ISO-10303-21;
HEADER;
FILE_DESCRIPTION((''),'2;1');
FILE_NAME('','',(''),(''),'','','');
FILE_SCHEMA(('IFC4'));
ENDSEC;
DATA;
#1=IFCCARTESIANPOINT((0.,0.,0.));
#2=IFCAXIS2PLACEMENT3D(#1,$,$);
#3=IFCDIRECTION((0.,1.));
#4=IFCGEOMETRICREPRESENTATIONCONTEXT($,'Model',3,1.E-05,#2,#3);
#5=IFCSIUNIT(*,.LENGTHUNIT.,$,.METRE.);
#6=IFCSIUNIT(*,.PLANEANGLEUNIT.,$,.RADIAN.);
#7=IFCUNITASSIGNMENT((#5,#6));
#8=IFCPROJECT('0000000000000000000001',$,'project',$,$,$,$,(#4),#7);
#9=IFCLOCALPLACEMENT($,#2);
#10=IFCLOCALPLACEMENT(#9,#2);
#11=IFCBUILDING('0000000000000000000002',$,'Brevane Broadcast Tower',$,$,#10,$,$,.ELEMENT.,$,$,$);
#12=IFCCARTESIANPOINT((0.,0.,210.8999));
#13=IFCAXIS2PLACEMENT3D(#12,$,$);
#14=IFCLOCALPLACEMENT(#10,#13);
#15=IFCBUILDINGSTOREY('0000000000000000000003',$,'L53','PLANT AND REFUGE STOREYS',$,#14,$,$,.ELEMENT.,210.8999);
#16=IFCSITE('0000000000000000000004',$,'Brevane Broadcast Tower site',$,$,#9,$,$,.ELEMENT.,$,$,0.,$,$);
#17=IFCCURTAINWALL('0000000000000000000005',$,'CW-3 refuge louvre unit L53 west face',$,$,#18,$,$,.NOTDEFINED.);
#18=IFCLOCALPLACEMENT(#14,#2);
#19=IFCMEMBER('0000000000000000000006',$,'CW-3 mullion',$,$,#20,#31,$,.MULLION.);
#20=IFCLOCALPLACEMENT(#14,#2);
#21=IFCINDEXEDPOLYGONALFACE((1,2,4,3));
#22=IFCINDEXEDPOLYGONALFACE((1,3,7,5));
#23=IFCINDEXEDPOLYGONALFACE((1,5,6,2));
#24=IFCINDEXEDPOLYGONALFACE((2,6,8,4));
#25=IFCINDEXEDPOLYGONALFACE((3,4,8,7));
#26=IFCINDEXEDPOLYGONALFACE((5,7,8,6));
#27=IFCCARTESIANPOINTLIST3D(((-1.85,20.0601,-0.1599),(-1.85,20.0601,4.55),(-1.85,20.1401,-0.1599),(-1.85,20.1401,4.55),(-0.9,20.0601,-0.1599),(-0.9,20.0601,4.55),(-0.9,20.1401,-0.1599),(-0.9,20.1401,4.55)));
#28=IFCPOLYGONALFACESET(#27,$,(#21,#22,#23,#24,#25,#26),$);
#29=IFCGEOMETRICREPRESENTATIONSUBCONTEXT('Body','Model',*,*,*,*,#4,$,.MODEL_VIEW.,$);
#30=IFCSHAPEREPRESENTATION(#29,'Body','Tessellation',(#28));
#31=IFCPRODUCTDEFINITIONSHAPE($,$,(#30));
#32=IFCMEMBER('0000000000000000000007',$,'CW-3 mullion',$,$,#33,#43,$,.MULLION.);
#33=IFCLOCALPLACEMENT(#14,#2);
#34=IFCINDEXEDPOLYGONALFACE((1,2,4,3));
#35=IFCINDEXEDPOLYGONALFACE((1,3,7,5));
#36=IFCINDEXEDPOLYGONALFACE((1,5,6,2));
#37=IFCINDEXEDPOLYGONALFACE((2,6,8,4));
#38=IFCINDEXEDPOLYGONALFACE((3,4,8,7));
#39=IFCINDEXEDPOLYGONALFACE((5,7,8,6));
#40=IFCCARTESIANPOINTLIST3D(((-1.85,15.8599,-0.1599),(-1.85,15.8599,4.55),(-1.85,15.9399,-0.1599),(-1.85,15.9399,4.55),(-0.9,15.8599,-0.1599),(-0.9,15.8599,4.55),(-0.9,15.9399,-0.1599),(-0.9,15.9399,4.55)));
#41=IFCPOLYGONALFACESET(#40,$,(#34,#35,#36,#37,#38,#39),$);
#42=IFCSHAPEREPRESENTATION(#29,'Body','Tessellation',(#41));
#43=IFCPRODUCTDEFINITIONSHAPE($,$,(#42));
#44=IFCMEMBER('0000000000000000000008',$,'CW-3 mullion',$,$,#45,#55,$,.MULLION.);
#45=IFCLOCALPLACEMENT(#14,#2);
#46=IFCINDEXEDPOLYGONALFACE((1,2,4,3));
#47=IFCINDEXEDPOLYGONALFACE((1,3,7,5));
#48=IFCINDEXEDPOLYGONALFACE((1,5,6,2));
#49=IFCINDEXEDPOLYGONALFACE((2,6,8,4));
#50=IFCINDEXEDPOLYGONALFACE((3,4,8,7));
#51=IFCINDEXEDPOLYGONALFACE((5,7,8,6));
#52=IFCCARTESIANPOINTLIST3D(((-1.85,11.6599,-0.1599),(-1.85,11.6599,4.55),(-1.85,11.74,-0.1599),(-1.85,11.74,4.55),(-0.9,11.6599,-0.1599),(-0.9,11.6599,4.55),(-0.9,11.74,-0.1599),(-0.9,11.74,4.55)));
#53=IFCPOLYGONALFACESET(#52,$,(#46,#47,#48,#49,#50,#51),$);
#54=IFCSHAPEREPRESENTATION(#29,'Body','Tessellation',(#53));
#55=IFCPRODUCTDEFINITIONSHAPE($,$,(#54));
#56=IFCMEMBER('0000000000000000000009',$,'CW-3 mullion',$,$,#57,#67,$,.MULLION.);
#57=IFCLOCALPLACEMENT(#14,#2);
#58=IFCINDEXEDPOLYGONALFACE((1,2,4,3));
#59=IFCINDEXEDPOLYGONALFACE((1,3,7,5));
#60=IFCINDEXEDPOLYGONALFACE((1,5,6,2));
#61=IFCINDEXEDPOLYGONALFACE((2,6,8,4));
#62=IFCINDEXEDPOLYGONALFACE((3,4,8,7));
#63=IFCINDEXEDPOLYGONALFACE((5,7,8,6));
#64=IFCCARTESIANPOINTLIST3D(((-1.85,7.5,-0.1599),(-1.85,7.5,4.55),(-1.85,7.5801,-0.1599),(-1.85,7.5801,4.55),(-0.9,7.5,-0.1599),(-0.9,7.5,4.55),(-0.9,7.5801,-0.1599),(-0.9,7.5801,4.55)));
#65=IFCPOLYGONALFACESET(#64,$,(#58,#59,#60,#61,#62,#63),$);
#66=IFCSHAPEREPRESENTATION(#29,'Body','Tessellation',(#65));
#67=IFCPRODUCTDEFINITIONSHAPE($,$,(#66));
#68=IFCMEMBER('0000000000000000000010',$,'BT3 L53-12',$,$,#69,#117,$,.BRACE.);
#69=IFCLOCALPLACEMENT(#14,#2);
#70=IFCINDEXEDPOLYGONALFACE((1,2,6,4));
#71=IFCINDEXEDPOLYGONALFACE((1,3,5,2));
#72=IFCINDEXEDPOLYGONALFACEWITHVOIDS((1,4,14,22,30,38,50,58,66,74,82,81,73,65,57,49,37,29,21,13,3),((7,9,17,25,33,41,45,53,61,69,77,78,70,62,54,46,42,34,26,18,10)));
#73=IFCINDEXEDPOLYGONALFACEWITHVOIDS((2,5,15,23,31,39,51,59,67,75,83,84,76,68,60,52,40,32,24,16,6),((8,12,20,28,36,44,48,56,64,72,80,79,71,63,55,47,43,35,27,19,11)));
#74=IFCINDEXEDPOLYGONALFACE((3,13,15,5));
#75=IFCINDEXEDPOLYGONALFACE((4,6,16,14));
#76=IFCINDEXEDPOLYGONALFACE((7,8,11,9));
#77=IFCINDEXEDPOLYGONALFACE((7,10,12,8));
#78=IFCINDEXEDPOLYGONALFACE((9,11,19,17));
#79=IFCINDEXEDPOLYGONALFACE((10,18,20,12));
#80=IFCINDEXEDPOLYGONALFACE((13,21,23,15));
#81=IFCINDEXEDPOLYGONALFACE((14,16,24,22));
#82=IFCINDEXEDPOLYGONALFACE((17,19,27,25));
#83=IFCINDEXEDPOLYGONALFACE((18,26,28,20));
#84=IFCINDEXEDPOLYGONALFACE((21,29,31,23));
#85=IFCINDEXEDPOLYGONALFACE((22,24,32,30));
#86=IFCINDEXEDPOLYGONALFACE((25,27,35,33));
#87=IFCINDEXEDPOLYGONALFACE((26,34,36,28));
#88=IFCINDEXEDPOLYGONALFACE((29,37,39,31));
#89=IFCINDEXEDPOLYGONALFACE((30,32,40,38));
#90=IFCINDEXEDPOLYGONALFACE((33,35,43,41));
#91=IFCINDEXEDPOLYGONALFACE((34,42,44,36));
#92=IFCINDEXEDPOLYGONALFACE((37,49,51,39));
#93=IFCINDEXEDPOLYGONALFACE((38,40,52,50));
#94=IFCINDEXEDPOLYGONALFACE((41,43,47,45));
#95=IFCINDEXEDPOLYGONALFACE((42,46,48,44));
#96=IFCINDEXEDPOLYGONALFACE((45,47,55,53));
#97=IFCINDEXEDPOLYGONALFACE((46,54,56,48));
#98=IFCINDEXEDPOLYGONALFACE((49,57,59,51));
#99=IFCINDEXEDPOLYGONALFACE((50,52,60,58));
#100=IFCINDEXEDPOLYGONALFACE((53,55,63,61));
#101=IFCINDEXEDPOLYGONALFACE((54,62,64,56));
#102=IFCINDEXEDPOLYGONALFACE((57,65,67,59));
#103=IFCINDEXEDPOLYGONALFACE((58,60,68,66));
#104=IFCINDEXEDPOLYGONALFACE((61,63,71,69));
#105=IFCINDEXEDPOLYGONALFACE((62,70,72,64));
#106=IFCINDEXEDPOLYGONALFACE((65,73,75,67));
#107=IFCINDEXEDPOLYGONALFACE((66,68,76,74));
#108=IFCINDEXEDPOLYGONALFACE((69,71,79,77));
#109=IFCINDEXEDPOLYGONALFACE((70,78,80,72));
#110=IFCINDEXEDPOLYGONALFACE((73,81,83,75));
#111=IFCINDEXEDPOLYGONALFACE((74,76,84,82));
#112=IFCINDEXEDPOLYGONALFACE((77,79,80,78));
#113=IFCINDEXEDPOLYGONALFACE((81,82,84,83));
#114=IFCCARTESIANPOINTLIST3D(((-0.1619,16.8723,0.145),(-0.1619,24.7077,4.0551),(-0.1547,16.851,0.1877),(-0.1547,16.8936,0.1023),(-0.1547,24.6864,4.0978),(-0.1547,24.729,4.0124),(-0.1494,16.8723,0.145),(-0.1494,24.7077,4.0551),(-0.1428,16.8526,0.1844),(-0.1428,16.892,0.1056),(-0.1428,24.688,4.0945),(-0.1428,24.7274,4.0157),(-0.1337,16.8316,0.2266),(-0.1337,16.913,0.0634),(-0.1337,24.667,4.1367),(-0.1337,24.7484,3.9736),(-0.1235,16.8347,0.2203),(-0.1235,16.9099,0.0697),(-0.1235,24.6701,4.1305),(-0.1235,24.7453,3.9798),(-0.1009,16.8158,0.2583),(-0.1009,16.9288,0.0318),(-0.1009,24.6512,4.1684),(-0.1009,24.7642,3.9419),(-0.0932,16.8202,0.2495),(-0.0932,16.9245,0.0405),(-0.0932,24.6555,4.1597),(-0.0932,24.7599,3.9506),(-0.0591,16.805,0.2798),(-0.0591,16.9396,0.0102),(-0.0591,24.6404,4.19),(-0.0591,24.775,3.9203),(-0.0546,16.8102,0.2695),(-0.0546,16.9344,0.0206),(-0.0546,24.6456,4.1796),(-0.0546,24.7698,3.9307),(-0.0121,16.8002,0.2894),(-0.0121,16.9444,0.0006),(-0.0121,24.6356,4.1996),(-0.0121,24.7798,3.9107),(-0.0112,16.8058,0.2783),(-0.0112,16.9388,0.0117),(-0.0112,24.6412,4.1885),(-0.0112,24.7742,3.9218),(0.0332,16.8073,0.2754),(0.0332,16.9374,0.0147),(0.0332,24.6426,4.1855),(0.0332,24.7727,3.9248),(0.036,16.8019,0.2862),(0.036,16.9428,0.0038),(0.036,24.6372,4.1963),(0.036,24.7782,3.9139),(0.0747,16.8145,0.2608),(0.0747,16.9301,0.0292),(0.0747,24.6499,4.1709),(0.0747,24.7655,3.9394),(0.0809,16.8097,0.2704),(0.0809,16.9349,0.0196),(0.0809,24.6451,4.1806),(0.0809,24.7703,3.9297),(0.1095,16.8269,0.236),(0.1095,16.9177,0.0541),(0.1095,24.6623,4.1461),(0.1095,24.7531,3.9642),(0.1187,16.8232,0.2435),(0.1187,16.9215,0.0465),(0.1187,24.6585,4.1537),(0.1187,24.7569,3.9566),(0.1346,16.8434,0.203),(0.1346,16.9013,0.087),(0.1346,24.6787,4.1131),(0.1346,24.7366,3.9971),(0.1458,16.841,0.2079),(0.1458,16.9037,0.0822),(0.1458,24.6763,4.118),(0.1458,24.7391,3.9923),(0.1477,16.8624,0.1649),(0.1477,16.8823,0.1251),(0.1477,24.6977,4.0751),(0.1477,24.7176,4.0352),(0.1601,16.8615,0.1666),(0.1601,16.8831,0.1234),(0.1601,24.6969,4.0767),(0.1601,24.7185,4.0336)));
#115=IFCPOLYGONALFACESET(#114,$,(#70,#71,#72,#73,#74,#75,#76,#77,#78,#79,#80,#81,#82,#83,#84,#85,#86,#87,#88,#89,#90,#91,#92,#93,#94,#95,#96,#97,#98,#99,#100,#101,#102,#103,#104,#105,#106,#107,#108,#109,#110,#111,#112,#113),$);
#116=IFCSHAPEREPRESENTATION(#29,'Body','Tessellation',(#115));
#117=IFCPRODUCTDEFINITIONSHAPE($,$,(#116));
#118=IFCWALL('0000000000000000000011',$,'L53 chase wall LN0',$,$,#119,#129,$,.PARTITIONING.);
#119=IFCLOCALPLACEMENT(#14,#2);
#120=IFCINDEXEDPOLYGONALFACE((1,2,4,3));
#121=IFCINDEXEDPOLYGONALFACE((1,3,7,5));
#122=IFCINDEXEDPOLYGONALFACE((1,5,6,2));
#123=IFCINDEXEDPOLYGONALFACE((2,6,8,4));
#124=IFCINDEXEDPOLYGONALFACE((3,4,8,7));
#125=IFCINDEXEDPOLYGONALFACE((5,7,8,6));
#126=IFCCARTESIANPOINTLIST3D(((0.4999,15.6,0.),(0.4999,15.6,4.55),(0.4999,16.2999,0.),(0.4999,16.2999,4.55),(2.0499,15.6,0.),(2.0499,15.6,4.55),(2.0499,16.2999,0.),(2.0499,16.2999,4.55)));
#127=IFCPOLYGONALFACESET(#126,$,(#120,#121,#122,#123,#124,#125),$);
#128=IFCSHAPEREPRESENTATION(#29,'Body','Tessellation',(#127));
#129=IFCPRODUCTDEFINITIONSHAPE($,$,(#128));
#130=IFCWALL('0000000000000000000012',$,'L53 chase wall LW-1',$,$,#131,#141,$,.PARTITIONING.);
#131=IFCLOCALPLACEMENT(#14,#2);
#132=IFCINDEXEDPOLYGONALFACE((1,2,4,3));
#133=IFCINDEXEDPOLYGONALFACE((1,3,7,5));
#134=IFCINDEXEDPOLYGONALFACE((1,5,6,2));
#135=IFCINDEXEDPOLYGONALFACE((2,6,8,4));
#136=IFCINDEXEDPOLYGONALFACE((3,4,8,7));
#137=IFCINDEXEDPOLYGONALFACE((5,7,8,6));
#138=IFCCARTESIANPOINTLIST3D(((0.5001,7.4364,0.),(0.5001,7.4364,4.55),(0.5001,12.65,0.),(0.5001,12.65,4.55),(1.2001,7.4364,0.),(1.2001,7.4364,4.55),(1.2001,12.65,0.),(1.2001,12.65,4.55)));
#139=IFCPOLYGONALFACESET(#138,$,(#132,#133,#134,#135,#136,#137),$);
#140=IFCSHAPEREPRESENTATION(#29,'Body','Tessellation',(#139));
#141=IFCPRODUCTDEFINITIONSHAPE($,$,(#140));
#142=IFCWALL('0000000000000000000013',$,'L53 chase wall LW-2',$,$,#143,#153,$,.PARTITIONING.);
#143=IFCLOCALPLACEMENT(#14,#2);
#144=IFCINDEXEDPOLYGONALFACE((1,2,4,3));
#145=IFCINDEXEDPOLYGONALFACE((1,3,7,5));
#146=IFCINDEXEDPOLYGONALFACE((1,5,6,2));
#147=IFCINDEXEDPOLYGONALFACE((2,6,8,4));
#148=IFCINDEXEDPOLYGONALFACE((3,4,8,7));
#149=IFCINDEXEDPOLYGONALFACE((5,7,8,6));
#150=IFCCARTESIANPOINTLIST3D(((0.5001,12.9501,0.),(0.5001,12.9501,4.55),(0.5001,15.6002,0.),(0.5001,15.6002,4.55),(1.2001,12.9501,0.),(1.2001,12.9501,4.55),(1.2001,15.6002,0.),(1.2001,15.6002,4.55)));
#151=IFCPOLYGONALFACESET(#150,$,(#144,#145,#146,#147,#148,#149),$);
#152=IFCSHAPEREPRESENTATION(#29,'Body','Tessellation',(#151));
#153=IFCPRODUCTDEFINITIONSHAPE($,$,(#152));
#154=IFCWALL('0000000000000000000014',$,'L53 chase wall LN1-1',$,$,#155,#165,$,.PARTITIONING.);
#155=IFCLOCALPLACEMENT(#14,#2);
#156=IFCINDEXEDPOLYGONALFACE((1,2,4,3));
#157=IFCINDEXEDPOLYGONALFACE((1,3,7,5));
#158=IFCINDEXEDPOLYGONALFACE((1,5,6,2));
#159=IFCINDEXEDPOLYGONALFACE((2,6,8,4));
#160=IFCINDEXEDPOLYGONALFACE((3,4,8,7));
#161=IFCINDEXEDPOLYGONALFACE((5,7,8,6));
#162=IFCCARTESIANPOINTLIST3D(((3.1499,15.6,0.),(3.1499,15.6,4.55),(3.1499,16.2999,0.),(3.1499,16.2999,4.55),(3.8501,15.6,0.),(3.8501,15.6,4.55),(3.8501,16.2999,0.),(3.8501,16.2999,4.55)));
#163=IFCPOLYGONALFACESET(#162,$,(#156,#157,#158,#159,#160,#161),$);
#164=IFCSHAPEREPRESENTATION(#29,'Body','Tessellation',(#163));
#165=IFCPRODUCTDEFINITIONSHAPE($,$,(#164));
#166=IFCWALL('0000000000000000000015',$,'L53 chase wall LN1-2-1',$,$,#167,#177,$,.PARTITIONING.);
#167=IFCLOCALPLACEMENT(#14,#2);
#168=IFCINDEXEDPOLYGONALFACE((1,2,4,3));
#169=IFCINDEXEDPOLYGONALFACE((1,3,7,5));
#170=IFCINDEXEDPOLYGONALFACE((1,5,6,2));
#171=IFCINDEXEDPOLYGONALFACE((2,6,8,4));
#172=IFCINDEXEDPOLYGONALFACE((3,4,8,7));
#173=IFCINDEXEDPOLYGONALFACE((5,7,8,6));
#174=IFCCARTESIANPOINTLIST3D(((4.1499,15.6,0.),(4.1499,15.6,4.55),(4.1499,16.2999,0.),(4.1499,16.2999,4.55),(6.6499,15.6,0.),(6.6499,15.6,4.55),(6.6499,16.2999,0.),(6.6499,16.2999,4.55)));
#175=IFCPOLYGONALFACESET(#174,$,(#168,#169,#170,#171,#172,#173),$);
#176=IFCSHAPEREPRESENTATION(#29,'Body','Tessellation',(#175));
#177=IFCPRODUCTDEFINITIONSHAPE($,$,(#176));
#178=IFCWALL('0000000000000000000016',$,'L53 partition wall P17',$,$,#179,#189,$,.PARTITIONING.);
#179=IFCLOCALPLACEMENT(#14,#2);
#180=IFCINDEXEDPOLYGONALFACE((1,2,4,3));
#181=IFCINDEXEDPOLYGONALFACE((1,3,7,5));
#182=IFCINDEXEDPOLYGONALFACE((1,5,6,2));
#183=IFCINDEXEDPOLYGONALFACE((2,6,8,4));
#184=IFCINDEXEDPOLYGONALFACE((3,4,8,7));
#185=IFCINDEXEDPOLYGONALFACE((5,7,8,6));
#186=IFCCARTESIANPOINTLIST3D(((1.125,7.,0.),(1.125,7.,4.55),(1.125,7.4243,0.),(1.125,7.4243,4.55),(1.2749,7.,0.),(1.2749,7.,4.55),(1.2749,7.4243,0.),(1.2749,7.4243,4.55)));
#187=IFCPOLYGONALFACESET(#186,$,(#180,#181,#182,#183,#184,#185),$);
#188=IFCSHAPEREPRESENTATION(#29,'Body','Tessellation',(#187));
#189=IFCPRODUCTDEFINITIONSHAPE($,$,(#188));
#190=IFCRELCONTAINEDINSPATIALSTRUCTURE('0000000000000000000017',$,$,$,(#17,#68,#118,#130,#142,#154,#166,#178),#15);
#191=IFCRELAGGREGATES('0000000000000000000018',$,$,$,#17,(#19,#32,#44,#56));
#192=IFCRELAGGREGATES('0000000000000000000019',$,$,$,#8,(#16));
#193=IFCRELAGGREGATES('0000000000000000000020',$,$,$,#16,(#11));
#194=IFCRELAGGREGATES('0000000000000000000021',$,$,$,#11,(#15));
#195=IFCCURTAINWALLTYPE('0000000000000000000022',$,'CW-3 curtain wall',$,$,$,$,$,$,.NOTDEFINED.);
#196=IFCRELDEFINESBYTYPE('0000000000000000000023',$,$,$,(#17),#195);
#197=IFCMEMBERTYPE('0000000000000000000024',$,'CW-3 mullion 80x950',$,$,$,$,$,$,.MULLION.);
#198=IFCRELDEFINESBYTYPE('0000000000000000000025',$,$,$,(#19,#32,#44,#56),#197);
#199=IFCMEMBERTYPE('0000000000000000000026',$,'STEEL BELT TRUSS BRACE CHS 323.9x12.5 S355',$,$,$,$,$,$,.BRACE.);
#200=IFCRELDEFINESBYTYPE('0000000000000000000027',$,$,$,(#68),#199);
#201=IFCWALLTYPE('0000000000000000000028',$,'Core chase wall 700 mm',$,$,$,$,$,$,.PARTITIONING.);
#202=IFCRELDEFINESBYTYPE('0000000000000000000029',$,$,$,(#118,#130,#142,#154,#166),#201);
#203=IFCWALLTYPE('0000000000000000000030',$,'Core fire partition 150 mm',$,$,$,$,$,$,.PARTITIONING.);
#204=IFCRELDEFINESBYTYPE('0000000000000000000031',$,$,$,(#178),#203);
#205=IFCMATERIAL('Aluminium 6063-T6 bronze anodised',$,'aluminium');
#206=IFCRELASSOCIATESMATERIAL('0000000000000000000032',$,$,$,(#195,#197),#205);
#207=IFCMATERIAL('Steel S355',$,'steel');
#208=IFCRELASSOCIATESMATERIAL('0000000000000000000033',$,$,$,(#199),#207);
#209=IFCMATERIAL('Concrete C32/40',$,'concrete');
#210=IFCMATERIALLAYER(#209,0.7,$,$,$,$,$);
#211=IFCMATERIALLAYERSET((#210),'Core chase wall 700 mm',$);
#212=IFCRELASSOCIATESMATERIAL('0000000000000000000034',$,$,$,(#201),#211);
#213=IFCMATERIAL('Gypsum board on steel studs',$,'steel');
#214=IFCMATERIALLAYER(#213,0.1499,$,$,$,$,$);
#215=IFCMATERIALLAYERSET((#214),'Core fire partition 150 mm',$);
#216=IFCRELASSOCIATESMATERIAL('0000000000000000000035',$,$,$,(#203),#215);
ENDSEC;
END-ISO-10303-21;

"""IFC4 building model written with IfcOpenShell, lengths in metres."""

from ifc_helpers import new_model, si_unit, direction, frame, frame_2d, origin, origin_2d, place, context, subcontext, project, spatial, rectangle, hollow_circle, extrude, material, layer, layer_set, material_profile, profile_set, type_object, element, aggregate, save


model = new_model("IFC4")

# Units and contexts
model_context = context("Model", 3, precision=1e-05, world=origin(), true_north=direction((0.0, 1.0)))
body_context = subcontext(model_context, "Body", "Model", "MODEL_VIEW")
ifc_project = project(units=[si_unit("LENGTHUNIT", "METRE"), si_unit("PLANEANGLEUNIT", "RADIAN")], contexts=[model_context])

# Site, building, storey
site_placement = place(None, origin())
site = spatial("IfcSite", under=ifc_project, at=site_placement, Name="Brevane Broadcast Tower site", CompositionType="ELEMENT", RefElevation=0.0)
building_placement = place(site_placement, origin())
building = spatial("IfcBuilding", under=site, at=building_placement, Name="Brevane Broadcast Tower", CompositionType="ELEMENT")
storey_placement = place(building_placement, frame((0.0, 0.0, 210.8999)))
storey = spatial("IfcBuildingStorey", under=building, at=storey_placement, Name="L53", Description="PLANT AND REFUGE STOREYS", CompositionType="ELEMENT", Elevation=210.8999)

# Curtain wall, members
ifc_material_1 = material(Name="Aluminium 6063-T6 bronze anodised", Category="aluminium")
curtain_wall_type = type_object("IfcCurtainWallType", Name="CW-3 curtain wall", PredefinedType="NOTDEFINED", material=ifc_material_1)
curtain_wall_placement = place(storey_placement, origin())
curtain_wall = element("IfcCurtainWall", 1, at=curtain_wall_placement, inside=storey, type_object=curtain_wall_type, Name="CW-3 refuge louvre unit L53 west face", PredefinedType="NOTDEFINED")
ifc_material_profile_1 = material_profile(ifc_material_1, rectangle(XDim=0.95, YDim=0.0801, at=origin_2d()), Name="RECT 80x950")
ifc_profile_set_1 = profile_set([ifc_material_profile_1], Name="Aluminium 6063-T6 bronze anodised")
member_type_1 = type_object("IfcMemberType", Name="CW-3 mullion 80x950", PredefinedType="MULLION", material=ifc_profile_set_1)
member_1_placement = place(storey_placement, frame((-1.375, 20.1001, -0.1599), z_axis=(0.0, 0.0, 1.0), x_axis=(1.0, 0.0, 0.0)))
member_1 = element("IfcMember", 2, at=member_1_placement, type_object=member_type_1, Name="CW-3 mullion", PredefinedType="MULLION", context=body_context, shape_type="SweptSolid", body=[
    extrude(rectangle(XDim=0.95, YDim=0.0801, at=origin_2d()), origin(), (0.0, 0.0, 1.0), 4.71),
])
member_2_placement = place(storey_placement, frame((-1.375, 15.8999, -0.1599), z_axis=(0.0, 0.0, 1.0), x_axis=(1.0, 0.0, 0.0)))
member_2 = element("IfcMember", 3, at=member_2_placement, type_object=member_type_1, Name="CW-3 mullion", PredefinedType="MULLION", context=body_context, shape_type="SweptSolid", body=[
    extrude(rectangle(XDim=0.95, YDim=0.0801, at=origin_2d()), origin(), (0.0, 0.0, 1.0), 4.71),
])
member_3_placement = place(storey_placement, frame((-1.375, 11.7, -0.1599), z_axis=(0.0, 0.0, 1.0), x_axis=(1.0, 0.0, 0.0)))
member_3 = element("IfcMember", 4, at=member_3_placement, type_object=member_type_1, Name="CW-3 mullion", PredefinedType="MULLION", context=body_context, shape_type="SweptSolid", body=[
    extrude(rectangle(XDim=0.95, YDim=0.0801, at=origin_2d()), origin(), (0.0, 0.0, 1.0), 4.71),
])
member_4_placement = place(storey_placement, frame((-1.375, 7.54, -0.1599), z_axis=(0.0, 0.0, 1.0), x_axis=(1.0, 0.0, 0.0)))
member_4 = element("IfcMember", 5, at=member_4_placement, type_object=member_type_1, Name="CW-3 mullion", PredefinedType="MULLION", context=body_context, shape_type="SweptSolid", body=[
    extrude(rectangle(XDim=0.95, YDim=0.0801, at=origin_2d()), origin(), (0.0, 0.0, 1.0), 4.71),
])
aggregate(curtain_wall, [member_1, member_2, member_3, member_4])

# Member
ifc_material_2 = material(Name="Steel S355", Category="steel")
ifc_material_profile_2 = material_profile(ifc_material_2, hollow_circle(Radius=0.1619, WallThickness=0.0125, at=origin_2d()), Name="CHS 323.9x12.5")
ifc_profile_set_2 = profile_set([ifc_material_profile_2], Name="Steel S355")
member_type_2 = type_object("IfcMemberType", Name="STEEL BELT TRUSS BRACE CHS 323.9x12.5 S355", PredefinedType="BRACE", material=ifc_profile_set_2)
member_5_placement = place(storey_placement, frame((0.0, 16.8723, 0.145), z_axis=(0.0, 0.894773, 0.446522), x_axis=(-1.0, 0.0, 0.0)))
element("IfcMember", 6, at=member_5_placement, inside=storey, type_object=member_type_2, Name="BT3 L53-12", PredefinedType="BRACE", context=body_context, shape_type="SweptSolid", body=[
    extrude(hollow_circle(Radius=0.1619, WallThickness=0.0125, at=origin_2d()), origin(), (0.0, 0.0, 1.0), 8.7568),
])

# Walls
ifc_material_3 = material(Name="Concrete C32/40", Category="concrete")
ifc_layer_1 = layer(ifc_material_3, 0.7)
ifc_layer_set_1 = layer_set([ifc_layer_1], Name="Core chase wall 700 mm")
wall_type_1 = type_object("IfcWallType", Name="Core chase wall 700 mm", PredefinedType="PARTITIONING", material=ifc_layer_set_1)
wall_1_placement = place(storey_placement, frame((0.5, 15.95, 0.0), z_axis=(0.0, 0.0, 1.0), x_axis=(1.0, 0.0, 0.0)))
element("IfcWall", 7, at=wall_1_placement, inside=storey, type_object=wall_type_1, Name="L53 chase wall LN0", PredefinedType="PARTITIONING", context=body_context, shape_type="SweptSolid", body=[
    extrude(rectangle(XDim=1.55, YDim=0.7, at=frame_2d((0.7749, 0.0))), origin(), (0.0, 0.0, 1.0), 4.55),
])
wall_2_placement = place(storey_placement, frame((0.8501, 7.4363, 0.0), z_axis=(0.0, 0.0, 1.0), x_axis=(0.0, 1.0, 0.0)))
element("IfcWall", 8, at=wall_2_placement, inside=storey, type_object=wall_type_1, Name="L53 chase wall LW-1", PredefinedType="PARTITIONING", context=body_context, shape_type="SweptSolid", body=[
    extrude(rectangle(XDim=5.2136, YDim=0.7, at=frame_2d((2.6069, 0.0))), origin(), (0.0, 0.0, 1.0), 4.55),
])
wall_3_placement = place(storey_placement, frame((0.8501, 12.95, 0.0), z_axis=(0.0, 0.0, 1.0), x_axis=(0.0, 1.0, 0.0)))
element("IfcWall", 9, at=wall_3_placement, inside=storey, type_object=wall_type_1, Name="L53 chase wall LW-2", PredefinedType="PARTITIONING", context=body_context, shape_type="SweptSolid", body=[
    extrude(rectangle(XDim=2.6501, YDim=0.7, at=frame_2d((1.3252, 0.0))), origin(), (0.0, 0.0, 1.0), 4.55),
])
wall_4_placement = place(storey_placement, frame((3.1499, 15.95, 0.0), z_axis=(0.0, 0.0, 1.0), x_axis=(1.0, 0.0, 0.0)))
element("IfcWall", 10, at=wall_4_placement, inside=storey, type_object=wall_type_1, Name="L53 chase wall LN1-1", PredefinedType="PARTITIONING", context=body_context, shape_type="SweptSolid", body=[
    extrude(rectangle(XDim=0.7002, YDim=0.7, at=frame_2d((0.3501, 0.0))), origin(), (0.0, 0.0, 1.0), 4.55),
])
wall_5_placement = place(storey_placement, frame((4.1499, 15.95, 0.0), z_axis=(0.0, 0.0, 1.0), x_axis=(1.0, 0.0, 0.0)))
element("IfcWall", 11, at=wall_5_placement, inside=storey, type_object=wall_type_1, Name="L53 chase wall LN1-2-1", PredefinedType="PARTITIONING", context=body_context, shape_type="SweptSolid", body=[
    extrude(rectangle(XDim=2.5, YDim=0.7, at=frame_2d((1.25, 0.0))), origin(), (0.0, 0.0, 1.0), 4.55),
])
ifc_material_4 = material(Name="Gypsum board on steel studs", Category="steel")
ifc_layer_2 = layer(ifc_material_4, 0.1499)
ifc_layer_set_2 = layer_set([ifc_layer_2], Name="Core fire partition 150 mm")
wall_type_2 = type_object("IfcWallType", Name="Core fire partition 150 mm", PredefinedType="PARTITIONING", material=ifc_layer_set_2)
wall_6_placement = place(storey_placement, frame((1.2, 7.4243, 0.0), z_axis=(0.0, 0.0, 1.0), x_axis=(0.0, -1.0, 0.0)))
element("IfcWall", 12, at=wall_6_placement, inside=storey, type_object=wall_type_2, Name="L53 partition wall P17", PredefinedType="PARTITIONING", context=body_context, shape_type="SweptSolid", body=[
    extrude(rectangle(XDim=0.4243, YDim=0.1499, at=frame_2d((0.2122, 0.0))), origin(), (0.0, 0.0, 1.0), 4.55),
])

save(model, "model.ifc")
